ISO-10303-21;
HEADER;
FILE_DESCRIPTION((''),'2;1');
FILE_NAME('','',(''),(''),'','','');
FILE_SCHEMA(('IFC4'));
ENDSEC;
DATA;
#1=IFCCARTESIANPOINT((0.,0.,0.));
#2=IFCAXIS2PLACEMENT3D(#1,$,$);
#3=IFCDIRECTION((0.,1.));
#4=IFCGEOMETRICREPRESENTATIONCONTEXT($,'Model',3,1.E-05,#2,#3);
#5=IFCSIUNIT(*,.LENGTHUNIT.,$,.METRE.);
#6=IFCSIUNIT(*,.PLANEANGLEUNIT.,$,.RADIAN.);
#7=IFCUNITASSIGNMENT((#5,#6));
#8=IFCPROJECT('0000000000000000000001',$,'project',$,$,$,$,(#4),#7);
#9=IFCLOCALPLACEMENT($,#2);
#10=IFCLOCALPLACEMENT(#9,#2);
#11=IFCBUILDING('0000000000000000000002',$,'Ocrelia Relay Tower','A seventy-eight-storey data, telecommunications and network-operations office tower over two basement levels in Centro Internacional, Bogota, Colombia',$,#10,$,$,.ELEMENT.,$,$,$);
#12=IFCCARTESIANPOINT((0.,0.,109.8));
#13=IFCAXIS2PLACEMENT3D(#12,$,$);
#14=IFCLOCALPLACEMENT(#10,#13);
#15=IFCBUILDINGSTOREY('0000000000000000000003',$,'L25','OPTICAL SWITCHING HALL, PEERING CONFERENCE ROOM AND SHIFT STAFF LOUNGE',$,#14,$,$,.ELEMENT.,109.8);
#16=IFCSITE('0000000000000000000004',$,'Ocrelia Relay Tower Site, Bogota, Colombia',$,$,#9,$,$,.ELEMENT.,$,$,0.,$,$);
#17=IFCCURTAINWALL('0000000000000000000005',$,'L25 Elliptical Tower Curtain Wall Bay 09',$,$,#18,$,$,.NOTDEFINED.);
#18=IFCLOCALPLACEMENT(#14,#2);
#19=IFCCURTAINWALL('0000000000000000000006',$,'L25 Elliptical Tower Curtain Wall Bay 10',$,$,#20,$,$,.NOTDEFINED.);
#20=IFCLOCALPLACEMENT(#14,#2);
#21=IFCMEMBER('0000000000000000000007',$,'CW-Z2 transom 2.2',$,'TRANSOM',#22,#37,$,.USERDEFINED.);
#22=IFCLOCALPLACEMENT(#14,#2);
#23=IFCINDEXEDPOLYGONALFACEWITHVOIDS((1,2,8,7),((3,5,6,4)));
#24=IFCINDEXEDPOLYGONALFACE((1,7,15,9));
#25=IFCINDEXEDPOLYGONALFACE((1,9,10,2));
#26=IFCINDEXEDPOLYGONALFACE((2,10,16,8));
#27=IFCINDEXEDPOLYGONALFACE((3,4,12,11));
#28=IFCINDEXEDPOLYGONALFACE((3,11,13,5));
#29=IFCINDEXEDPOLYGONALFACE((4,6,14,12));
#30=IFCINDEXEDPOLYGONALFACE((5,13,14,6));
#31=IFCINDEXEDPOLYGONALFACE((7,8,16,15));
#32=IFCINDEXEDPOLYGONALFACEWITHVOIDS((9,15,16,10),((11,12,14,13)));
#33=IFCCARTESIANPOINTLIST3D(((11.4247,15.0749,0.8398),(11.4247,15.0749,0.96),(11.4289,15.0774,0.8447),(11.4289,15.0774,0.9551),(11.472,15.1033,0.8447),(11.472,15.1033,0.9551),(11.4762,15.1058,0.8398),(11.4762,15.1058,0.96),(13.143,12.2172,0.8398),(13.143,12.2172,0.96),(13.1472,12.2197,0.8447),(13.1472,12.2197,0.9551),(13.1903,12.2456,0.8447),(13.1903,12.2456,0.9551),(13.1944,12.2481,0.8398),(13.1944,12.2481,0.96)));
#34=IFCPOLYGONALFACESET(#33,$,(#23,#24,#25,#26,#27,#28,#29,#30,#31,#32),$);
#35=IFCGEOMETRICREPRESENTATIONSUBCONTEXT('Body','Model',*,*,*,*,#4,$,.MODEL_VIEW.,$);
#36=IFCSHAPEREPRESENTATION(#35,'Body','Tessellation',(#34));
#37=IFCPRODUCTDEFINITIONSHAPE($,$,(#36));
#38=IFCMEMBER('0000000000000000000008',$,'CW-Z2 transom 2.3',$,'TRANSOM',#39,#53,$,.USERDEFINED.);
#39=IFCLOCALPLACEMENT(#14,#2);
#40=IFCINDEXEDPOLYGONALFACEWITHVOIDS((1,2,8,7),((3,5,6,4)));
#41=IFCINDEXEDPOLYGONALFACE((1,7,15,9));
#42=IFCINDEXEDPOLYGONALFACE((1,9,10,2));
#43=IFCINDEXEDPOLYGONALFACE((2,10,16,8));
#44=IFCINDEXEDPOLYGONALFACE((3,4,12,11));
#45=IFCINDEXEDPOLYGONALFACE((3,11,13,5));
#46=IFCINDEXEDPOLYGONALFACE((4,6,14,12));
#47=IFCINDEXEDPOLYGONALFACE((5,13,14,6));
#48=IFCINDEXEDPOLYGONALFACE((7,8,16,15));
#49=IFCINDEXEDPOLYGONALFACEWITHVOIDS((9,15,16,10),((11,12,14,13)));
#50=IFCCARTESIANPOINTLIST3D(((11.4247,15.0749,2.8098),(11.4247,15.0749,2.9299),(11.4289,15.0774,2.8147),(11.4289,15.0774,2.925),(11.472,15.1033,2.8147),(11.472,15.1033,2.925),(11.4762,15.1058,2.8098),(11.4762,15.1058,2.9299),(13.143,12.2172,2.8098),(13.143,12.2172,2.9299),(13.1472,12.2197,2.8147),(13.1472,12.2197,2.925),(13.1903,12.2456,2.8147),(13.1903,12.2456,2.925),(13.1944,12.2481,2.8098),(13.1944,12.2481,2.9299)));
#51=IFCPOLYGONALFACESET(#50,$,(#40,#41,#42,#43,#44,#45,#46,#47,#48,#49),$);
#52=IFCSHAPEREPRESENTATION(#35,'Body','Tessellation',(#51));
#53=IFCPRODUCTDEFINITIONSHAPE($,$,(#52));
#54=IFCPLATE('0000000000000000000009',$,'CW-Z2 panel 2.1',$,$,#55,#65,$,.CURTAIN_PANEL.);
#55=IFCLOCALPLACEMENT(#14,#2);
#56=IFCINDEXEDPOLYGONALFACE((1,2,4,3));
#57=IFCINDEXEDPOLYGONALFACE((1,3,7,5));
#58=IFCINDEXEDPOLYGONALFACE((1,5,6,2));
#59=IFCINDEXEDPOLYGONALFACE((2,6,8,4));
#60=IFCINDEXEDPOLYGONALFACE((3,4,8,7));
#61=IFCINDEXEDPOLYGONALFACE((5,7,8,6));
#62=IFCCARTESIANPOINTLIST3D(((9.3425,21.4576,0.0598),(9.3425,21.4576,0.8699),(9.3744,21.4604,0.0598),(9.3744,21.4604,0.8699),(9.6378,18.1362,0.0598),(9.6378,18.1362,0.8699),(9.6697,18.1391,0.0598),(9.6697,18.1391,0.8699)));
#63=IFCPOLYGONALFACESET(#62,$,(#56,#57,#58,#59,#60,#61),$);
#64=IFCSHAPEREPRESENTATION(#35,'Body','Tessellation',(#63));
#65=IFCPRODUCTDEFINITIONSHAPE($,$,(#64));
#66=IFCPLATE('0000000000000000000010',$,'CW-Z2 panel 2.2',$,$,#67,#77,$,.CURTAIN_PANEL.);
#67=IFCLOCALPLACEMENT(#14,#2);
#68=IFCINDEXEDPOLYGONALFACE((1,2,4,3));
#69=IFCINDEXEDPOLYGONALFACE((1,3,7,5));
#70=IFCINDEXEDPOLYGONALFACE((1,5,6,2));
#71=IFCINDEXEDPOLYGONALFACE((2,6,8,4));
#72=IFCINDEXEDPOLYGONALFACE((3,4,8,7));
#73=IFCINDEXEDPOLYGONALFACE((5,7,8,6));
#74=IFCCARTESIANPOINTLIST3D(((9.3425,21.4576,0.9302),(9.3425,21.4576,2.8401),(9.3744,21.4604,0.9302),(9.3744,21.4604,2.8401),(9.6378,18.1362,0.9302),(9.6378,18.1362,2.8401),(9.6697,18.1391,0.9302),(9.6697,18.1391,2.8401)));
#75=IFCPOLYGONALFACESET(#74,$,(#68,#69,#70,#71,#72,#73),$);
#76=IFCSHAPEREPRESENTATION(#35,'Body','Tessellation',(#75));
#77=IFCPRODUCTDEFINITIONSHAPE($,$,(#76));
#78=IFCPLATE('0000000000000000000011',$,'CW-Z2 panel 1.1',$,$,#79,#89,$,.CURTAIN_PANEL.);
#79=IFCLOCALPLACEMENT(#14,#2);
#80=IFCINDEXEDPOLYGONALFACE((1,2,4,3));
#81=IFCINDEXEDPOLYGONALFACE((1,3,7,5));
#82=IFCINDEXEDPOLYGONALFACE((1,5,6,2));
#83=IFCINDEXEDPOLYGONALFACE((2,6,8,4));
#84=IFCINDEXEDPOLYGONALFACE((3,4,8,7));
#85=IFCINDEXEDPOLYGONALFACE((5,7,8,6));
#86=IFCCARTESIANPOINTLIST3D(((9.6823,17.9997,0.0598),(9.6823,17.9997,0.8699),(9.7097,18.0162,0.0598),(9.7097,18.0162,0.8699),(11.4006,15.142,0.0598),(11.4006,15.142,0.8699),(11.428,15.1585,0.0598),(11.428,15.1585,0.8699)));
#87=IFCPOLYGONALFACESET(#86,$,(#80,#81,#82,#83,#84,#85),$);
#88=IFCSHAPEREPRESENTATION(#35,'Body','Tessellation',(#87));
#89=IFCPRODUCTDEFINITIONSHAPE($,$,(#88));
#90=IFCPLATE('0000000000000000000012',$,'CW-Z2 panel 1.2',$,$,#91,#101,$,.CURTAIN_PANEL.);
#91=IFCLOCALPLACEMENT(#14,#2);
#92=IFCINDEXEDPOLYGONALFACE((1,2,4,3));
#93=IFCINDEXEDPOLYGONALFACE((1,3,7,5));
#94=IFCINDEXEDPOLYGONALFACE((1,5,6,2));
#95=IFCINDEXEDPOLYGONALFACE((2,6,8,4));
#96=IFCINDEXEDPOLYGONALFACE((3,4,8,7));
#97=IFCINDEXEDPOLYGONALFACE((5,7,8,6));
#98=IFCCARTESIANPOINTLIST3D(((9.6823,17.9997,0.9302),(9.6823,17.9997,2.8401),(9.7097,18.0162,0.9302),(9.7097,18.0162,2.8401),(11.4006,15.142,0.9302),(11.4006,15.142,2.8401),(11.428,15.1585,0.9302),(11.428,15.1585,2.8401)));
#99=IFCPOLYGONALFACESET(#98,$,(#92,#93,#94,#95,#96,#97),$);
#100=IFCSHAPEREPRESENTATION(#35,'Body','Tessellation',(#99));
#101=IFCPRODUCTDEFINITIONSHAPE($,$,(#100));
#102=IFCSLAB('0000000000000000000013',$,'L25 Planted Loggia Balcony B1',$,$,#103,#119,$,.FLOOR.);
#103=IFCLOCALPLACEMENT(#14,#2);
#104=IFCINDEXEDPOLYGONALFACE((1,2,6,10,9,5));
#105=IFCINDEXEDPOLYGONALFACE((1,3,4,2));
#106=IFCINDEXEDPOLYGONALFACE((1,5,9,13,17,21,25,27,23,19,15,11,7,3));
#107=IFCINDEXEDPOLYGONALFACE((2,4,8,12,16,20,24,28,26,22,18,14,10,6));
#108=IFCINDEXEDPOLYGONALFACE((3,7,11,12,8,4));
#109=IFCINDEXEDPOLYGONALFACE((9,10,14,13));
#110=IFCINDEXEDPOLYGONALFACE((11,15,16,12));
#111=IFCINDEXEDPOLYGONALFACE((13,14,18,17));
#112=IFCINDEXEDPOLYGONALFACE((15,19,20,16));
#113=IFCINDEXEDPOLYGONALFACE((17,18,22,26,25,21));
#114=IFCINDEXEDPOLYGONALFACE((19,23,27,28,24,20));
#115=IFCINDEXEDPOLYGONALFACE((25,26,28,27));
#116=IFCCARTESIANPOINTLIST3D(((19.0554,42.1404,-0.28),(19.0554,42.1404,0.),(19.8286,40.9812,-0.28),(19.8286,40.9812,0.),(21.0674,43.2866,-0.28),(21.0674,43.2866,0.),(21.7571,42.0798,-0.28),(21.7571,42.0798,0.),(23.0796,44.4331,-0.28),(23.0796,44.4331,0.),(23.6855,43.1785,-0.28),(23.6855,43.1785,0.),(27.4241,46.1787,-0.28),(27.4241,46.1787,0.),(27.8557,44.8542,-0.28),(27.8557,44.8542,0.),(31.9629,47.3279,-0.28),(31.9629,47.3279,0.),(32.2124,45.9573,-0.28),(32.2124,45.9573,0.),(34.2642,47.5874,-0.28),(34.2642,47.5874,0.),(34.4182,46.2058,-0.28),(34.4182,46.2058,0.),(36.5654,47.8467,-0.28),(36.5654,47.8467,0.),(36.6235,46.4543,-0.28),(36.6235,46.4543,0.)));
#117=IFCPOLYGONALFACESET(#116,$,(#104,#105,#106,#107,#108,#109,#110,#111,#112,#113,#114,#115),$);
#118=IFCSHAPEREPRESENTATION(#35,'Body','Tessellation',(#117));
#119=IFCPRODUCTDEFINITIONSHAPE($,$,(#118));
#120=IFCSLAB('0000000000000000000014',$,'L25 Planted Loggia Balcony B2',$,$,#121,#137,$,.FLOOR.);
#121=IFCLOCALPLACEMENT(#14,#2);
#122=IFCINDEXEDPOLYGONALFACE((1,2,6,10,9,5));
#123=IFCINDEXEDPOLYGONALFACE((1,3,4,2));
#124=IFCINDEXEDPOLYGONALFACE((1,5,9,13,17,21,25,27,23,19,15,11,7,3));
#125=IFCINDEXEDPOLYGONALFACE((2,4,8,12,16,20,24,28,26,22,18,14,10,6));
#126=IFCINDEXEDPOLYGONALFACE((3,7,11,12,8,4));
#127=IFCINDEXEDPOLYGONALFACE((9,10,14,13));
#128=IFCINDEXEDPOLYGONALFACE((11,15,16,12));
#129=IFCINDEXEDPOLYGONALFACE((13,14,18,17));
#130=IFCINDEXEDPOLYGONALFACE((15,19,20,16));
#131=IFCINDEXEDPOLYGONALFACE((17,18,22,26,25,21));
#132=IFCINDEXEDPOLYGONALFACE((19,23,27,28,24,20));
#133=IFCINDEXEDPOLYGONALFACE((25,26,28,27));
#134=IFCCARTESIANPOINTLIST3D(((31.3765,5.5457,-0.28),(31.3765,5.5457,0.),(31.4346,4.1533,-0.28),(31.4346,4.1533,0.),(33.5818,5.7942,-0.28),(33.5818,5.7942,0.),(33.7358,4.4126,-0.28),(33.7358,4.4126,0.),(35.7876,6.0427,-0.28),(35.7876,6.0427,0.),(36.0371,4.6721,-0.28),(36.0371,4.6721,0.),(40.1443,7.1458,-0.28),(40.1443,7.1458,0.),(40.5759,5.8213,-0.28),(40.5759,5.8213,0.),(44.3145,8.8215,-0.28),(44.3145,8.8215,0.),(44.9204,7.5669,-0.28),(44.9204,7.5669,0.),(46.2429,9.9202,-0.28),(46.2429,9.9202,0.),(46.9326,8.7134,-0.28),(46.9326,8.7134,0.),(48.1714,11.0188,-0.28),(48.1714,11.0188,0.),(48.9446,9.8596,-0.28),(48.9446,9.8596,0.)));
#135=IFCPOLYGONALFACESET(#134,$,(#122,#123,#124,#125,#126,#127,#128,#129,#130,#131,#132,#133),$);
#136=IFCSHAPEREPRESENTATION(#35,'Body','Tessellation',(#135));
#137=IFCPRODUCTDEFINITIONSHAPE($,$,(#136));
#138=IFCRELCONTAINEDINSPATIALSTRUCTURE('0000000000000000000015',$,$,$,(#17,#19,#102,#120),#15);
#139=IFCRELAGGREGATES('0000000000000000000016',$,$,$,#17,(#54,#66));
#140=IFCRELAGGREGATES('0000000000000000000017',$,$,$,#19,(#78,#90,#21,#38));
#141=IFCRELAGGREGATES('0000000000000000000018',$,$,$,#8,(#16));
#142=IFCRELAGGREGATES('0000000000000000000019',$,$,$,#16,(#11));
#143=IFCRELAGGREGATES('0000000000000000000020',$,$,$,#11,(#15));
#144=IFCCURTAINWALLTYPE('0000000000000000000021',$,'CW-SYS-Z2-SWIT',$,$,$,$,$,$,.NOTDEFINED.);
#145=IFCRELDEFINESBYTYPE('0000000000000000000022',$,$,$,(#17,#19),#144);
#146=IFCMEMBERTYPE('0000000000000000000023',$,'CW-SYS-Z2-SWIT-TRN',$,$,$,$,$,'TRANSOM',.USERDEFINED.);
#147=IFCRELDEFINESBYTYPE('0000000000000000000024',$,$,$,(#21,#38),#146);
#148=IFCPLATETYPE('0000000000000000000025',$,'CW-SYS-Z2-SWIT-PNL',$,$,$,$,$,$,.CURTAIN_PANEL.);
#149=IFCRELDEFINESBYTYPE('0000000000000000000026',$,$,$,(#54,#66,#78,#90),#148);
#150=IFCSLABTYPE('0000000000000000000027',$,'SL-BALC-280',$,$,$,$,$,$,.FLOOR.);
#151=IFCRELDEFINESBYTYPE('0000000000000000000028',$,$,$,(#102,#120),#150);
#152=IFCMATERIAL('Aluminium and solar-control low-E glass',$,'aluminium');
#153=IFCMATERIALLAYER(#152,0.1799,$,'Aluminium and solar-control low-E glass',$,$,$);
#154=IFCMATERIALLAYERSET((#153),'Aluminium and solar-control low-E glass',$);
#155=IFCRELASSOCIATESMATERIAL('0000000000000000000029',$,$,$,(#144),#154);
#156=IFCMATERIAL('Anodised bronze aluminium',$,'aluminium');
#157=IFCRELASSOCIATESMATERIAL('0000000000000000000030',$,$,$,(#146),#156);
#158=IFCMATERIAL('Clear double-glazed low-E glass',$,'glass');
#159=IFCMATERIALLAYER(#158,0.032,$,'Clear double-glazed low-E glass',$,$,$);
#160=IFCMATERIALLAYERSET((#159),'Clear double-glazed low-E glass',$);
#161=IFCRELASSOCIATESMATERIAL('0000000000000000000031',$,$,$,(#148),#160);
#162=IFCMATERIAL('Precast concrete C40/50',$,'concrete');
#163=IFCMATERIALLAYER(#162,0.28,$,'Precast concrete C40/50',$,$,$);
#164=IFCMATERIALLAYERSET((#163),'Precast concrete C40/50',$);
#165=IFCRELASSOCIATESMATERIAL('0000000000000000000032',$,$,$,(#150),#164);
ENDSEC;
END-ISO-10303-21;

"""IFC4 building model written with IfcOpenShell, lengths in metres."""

from ifc_helpers import new_model, si_unit, direction, frame, origin, origin_2d, place, context, subcontext, project, spatial, polyline, rectangle, hollow_rectangle, outline, extrude, material, layer, layer_set, material_profile, profile_set, type_object, element, aggregate, save


model = new_model("IFC4")

# Units and contexts
model_context = context("Model", 3, precision=1e-05, world=origin(), true_north=direction((0.0, 1.0)))
body_context = subcontext(model_context, "Body", "Model", "MODEL_VIEW")
ifc_project = project(units=[si_unit("LENGTHUNIT", "METRE"), si_unit("PLANEANGLEUNIT", "RADIAN")], contexts=[model_context])

# Site, building, storey
site_placement = place(None, origin())
site = spatial("IfcSite", under=ifc_project, at=site_placement, Name="Ocrelia Relay Tower Site, Bogota, Colombia", CompositionType="ELEMENT", RefElevation=0.0)
building_placement = place(site_placement, origin())
building = spatial("IfcBuilding", under=site, at=building_placement, Name="Ocrelia Relay Tower", Description="A seventy-eight-storey data, telecommunications and network-operations office tower over two basement levels in Centro Internacional, Bogota, Colombia", CompositionType="ELEMENT")
storey_placement = place(building_placement, frame((0.0, 0.0, 109.8)))
storey = spatial("IfcBuildingStorey", under=building, at=storey_placement, Name="L25", Description="OPTICAL SWITCHING HALL, PEERING CONFERENCE ROOM AND SHIFT STAFF LOUNGE", CompositionType="ELEMENT", Elevation=109.8)

# Curtain walls
ifc_material_1 = material(Name="Aluminium and solar-control low-E glass", Category="aluminium")
ifc_layer_1 = layer(ifc_material_1, 0.1799, Name="Aluminium and solar-control low-E glass")
ifc_layer_set_1 = layer_set([ifc_layer_1], Name="Aluminium and solar-control low-E glass")
curtain_wall_type = type_object("IfcCurtainWallType", Name="CW-SYS-Z2-SWIT", PredefinedType="NOTDEFINED", material=ifc_layer_set_1)
curtain_wall_1_placement = place(storey_placement, origin())
curtain_wall_1 = element("IfcCurtainWall", 1, at=curtain_wall_1_placement, inside=storey, type_object=curtain_wall_type, Name="L25 Elliptical Tower Curtain Wall Bay 09", PredefinedType="NOTDEFINED")
ifc_material_2 = material(Name="Anodised bronze aluminium", Category="aluminium")
curtain_wall_2_placement = place(storey_placement, origin())
curtain_wall_2 = element("IfcCurtainWall", 2, at=curtain_wall_2_placement, inside=storey, type_object=curtain_wall_type, Name="L25 Elliptical Tower Curtain Wall Bay 10", PredefinedType="NOTDEFINED")

# Members
ifc_material_profile_1 = material_profile(ifc_material_2, hollow_rectangle(XDim=0.0601, YDim=0.1201, WallThickness=0.0049, at=origin_2d()), Name="CW-TRN-120x60")
ifc_profile_set_1 = profile_set([ifc_material_profile_1], Name="Anodised bronze aluminium")
member_type_1 = type_object("IfcMemberType", Name="CW-SYS-Z2-SWIT-TRN", ElementType="TRANSOM", PredefinedType="USERDEFINED", material=ifc_profile_set_1)
member_1_placement = place(storey_placement, frame((11.4504, 15.0903, 0.8999), z_axis=(0.515303, -0.857008, 0.0), x_axis=(0.857008, 0.515303, 0.0)))
member_1 = element("IfcMember", 3, at=member_1_placement, type_object=member_type_1, Name="CW-Z2 transom 2.2", ObjectType="TRANSOM", PredefinedType="USERDEFINED", context=body_context, shape_type="SweptSolid", body=[
    extrude(hollow_rectangle(XDim=0.0601, YDim=0.1201, WallThickness=0.0049, at=origin_2d()), origin(), (0.0, 0.0, 1.0), 3.3345),
])
member_2_placement = place(storey_placement, frame((11.4504, 15.0903, 2.8699), z_axis=(0.515303, -0.857008, 0.0), x_axis=(0.857008, 0.515303, 0.0)))
member_2 = element("IfcMember", 4, at=member_2_placement, type_object=member_type_1, Name="CW-Z2 transom 2.3", ObjectType="TRANSOM", PredefinedType="USERDEFINED", context=body_context, shape_type="SweptSolid", body=[
    extrude(hollow_rectangle(XDim=0.0601, YDim=0.1201, WallThickness=0.0049, at=origin_2d()), origin(), (0.0, 0.0, 1.0), 3.3345),
])

# Plates
ifc_material_3 = material(Name="Clear double-glazed low-E glass", Category="glass")
ifc_layer_2 = layer(ifc_material_3, 0.032, Name="Clear double-glazed low-E glass")
ifc_layer_set_2 = layer_set([ifc_layer_2], Name="Clear double-glazed low-E glass")
plate_type = type_object("IfcPlateType", Name="CW-SYS-Z2-SWIT-PNL", PredefinedType="CURTAIN_PANEL", material=ifc_layer_set_2)
plate_1_placement = place(storey_placement, frame((9.5061, 19.7983, 0.0598), z_axis=(0.0, 0.0, 1.0), x_axis=(0.088558, -0.996071, 0.0)))
plate_1 = element("IfcPlate", 5, at=plate_1_placement, type_object=plate_type, Name="CW-Z2 panel 2.1", PredefinedType="CURTAIN_PANEL", context=body_context, shape_type="SweptSolid", body=[
    extrude(rectangle(XDim=3.3345, YDim=0.032, at=origin_2d()), origin(), (0.0, 0.0, 1.0), 0.8101),
])
plate_2_placement = place(storey_placement, frame((9.5061, 19.7983, 0.9302), z_axis=(0.0, 0.0, 1.0), x_axis=(0.088558, -0.996071, 0.0)))
plate_2 = element("IfcPlate", 6, at=plate_2_placement, type_object=plate_type, Name="CW-Z2 panel 2.2", PredefinedType="CURTAIN_PANEL", context=body_context, shape_type="SweptSolid", body=[
    extrude(rectangle(XDim=3.3345, YDim=0.032, at=origin_2d()), origin(), (0.0, 0.0, 1.0), 1.9099),
])
aggregate(curtain_wall_1, [plate_1, plate_2])
plate_3_placement = place(storey_placement, frame((10.5552, 16.5791, 0.0598), z_axis=(0.0, 0.0, 1.0), x_axis=(0.515321, -0.856997, 0.0)))
plate_3 = element("IfcPlate", 7, at=plate_3_placement, type_object=plate_type, Name="CW-Z2 panel 1.1", PredefinedType="CURTAIN_PANEL", context=body_context, shape_type="SweptSolid", body=[
    extrude(rectangle(XDim=3.3345, YDim=0.032, at=origin_2d()), origin(), (0.0, 0.0, 1.0), 0.8101),
])
plate_4_placement = place(storey_placement, frame((10.5552, 16.5791, 0.9302), z_axis=(0.0, 0.0, 1.0), x_axis=(0.515321, -0.856997, 0.0)))
plate_4 = element("IfcPlate", 8, at=plate_4_placement, type_object=plate_type, Name="CW-Z2 panel 1.2", PredefinedType="CURTAIN_PANEL", context=body_context, shape_type="SweptSolid", body=[
    extrude(rectangle(XDim=3.3345, YDim=0.032, at=origin_2d()), origin(), (0.0, 0.0, 1.0), 1.9099),
])
aggregate(curtain_wall_2, [plate_3, plate_4, member_1, member_2])

# Slabs
ifc_material_4 = material(Name="Precast concrete C40/50", Category="concrete")
ifc_layer_3 = layer(ifc_material_4, 0.28, Name="Precast concrete C40/50")
ifc_layer_set_3 = layer_set([ifc_layer_3], Name="Precast concrete C40/50")
slab_type_1 = type_object("IfcSlabType", Name="SL-BALC-280", PredefinedType="FLOOR", material=ifc_layer_set_3)
slab_1_placement = place(storey_placement, frame((0.0, 0.0, -0.28)))
element("IfcSlab", 9, at=slab_1_placement, inside=storey, type_object=slab_type_1, Name="L25 Planted Loggia Balcony B1", PredefinedType="FLOOR", context=body_context, shape_type="SweptSolid", body=[
    extrude(outline(polyline([(36.6235, 46.4543), (34.4182, 46.2058), (32.2124, 45.9573), (27.8557, 44.8542), (23.6855, 43.1785), (21.7571, 42.0798), (19.8286, 40.9812), (19.0554, 42.1404), (21.0674, 43.2866), (23.0796, 44.4331), (27.4241, 46.1787), (31.9629, 47.3279), (34.2642, 47.5874), (36.5654, 47.8467), (36.6235, 46.4543)])), origin(), (0.0, 0.0, 1.0), 0.28),
])
slab_2_placement = place(storey_placement, frame((0.0, 0.0, -0.28)))
element("IfcSlab", 10, at=slab_2_placement, inside=storey, type_object=slab_type_1, Name="L25 Planted Loggia Balcony B2", PredefinedType="FLOOR", context=body_context, shape_type="SweptSolid", body=[
    extrude(outline(polyline([(31.3765, 5.5457), (33.5818, 5.7942), (35.7876, 6.0427), (40.1443, 7.1458), (44.3145, 8.8215), (46.2429, 9.9202), (48.1714, 11.0188), (48.9446, 9.8596), (46.9326, 8.7134), (44.9204, 7.5669), (40.5759, 5.8213), (36.0371, 4.6721), (33.7358, 4.4126), (31.4346, 4.1533), (31.3765, 5.5457)])), origin(), (0.0, 0.0, 1.0), 0.28),
])

save(model, "model.ifc")
